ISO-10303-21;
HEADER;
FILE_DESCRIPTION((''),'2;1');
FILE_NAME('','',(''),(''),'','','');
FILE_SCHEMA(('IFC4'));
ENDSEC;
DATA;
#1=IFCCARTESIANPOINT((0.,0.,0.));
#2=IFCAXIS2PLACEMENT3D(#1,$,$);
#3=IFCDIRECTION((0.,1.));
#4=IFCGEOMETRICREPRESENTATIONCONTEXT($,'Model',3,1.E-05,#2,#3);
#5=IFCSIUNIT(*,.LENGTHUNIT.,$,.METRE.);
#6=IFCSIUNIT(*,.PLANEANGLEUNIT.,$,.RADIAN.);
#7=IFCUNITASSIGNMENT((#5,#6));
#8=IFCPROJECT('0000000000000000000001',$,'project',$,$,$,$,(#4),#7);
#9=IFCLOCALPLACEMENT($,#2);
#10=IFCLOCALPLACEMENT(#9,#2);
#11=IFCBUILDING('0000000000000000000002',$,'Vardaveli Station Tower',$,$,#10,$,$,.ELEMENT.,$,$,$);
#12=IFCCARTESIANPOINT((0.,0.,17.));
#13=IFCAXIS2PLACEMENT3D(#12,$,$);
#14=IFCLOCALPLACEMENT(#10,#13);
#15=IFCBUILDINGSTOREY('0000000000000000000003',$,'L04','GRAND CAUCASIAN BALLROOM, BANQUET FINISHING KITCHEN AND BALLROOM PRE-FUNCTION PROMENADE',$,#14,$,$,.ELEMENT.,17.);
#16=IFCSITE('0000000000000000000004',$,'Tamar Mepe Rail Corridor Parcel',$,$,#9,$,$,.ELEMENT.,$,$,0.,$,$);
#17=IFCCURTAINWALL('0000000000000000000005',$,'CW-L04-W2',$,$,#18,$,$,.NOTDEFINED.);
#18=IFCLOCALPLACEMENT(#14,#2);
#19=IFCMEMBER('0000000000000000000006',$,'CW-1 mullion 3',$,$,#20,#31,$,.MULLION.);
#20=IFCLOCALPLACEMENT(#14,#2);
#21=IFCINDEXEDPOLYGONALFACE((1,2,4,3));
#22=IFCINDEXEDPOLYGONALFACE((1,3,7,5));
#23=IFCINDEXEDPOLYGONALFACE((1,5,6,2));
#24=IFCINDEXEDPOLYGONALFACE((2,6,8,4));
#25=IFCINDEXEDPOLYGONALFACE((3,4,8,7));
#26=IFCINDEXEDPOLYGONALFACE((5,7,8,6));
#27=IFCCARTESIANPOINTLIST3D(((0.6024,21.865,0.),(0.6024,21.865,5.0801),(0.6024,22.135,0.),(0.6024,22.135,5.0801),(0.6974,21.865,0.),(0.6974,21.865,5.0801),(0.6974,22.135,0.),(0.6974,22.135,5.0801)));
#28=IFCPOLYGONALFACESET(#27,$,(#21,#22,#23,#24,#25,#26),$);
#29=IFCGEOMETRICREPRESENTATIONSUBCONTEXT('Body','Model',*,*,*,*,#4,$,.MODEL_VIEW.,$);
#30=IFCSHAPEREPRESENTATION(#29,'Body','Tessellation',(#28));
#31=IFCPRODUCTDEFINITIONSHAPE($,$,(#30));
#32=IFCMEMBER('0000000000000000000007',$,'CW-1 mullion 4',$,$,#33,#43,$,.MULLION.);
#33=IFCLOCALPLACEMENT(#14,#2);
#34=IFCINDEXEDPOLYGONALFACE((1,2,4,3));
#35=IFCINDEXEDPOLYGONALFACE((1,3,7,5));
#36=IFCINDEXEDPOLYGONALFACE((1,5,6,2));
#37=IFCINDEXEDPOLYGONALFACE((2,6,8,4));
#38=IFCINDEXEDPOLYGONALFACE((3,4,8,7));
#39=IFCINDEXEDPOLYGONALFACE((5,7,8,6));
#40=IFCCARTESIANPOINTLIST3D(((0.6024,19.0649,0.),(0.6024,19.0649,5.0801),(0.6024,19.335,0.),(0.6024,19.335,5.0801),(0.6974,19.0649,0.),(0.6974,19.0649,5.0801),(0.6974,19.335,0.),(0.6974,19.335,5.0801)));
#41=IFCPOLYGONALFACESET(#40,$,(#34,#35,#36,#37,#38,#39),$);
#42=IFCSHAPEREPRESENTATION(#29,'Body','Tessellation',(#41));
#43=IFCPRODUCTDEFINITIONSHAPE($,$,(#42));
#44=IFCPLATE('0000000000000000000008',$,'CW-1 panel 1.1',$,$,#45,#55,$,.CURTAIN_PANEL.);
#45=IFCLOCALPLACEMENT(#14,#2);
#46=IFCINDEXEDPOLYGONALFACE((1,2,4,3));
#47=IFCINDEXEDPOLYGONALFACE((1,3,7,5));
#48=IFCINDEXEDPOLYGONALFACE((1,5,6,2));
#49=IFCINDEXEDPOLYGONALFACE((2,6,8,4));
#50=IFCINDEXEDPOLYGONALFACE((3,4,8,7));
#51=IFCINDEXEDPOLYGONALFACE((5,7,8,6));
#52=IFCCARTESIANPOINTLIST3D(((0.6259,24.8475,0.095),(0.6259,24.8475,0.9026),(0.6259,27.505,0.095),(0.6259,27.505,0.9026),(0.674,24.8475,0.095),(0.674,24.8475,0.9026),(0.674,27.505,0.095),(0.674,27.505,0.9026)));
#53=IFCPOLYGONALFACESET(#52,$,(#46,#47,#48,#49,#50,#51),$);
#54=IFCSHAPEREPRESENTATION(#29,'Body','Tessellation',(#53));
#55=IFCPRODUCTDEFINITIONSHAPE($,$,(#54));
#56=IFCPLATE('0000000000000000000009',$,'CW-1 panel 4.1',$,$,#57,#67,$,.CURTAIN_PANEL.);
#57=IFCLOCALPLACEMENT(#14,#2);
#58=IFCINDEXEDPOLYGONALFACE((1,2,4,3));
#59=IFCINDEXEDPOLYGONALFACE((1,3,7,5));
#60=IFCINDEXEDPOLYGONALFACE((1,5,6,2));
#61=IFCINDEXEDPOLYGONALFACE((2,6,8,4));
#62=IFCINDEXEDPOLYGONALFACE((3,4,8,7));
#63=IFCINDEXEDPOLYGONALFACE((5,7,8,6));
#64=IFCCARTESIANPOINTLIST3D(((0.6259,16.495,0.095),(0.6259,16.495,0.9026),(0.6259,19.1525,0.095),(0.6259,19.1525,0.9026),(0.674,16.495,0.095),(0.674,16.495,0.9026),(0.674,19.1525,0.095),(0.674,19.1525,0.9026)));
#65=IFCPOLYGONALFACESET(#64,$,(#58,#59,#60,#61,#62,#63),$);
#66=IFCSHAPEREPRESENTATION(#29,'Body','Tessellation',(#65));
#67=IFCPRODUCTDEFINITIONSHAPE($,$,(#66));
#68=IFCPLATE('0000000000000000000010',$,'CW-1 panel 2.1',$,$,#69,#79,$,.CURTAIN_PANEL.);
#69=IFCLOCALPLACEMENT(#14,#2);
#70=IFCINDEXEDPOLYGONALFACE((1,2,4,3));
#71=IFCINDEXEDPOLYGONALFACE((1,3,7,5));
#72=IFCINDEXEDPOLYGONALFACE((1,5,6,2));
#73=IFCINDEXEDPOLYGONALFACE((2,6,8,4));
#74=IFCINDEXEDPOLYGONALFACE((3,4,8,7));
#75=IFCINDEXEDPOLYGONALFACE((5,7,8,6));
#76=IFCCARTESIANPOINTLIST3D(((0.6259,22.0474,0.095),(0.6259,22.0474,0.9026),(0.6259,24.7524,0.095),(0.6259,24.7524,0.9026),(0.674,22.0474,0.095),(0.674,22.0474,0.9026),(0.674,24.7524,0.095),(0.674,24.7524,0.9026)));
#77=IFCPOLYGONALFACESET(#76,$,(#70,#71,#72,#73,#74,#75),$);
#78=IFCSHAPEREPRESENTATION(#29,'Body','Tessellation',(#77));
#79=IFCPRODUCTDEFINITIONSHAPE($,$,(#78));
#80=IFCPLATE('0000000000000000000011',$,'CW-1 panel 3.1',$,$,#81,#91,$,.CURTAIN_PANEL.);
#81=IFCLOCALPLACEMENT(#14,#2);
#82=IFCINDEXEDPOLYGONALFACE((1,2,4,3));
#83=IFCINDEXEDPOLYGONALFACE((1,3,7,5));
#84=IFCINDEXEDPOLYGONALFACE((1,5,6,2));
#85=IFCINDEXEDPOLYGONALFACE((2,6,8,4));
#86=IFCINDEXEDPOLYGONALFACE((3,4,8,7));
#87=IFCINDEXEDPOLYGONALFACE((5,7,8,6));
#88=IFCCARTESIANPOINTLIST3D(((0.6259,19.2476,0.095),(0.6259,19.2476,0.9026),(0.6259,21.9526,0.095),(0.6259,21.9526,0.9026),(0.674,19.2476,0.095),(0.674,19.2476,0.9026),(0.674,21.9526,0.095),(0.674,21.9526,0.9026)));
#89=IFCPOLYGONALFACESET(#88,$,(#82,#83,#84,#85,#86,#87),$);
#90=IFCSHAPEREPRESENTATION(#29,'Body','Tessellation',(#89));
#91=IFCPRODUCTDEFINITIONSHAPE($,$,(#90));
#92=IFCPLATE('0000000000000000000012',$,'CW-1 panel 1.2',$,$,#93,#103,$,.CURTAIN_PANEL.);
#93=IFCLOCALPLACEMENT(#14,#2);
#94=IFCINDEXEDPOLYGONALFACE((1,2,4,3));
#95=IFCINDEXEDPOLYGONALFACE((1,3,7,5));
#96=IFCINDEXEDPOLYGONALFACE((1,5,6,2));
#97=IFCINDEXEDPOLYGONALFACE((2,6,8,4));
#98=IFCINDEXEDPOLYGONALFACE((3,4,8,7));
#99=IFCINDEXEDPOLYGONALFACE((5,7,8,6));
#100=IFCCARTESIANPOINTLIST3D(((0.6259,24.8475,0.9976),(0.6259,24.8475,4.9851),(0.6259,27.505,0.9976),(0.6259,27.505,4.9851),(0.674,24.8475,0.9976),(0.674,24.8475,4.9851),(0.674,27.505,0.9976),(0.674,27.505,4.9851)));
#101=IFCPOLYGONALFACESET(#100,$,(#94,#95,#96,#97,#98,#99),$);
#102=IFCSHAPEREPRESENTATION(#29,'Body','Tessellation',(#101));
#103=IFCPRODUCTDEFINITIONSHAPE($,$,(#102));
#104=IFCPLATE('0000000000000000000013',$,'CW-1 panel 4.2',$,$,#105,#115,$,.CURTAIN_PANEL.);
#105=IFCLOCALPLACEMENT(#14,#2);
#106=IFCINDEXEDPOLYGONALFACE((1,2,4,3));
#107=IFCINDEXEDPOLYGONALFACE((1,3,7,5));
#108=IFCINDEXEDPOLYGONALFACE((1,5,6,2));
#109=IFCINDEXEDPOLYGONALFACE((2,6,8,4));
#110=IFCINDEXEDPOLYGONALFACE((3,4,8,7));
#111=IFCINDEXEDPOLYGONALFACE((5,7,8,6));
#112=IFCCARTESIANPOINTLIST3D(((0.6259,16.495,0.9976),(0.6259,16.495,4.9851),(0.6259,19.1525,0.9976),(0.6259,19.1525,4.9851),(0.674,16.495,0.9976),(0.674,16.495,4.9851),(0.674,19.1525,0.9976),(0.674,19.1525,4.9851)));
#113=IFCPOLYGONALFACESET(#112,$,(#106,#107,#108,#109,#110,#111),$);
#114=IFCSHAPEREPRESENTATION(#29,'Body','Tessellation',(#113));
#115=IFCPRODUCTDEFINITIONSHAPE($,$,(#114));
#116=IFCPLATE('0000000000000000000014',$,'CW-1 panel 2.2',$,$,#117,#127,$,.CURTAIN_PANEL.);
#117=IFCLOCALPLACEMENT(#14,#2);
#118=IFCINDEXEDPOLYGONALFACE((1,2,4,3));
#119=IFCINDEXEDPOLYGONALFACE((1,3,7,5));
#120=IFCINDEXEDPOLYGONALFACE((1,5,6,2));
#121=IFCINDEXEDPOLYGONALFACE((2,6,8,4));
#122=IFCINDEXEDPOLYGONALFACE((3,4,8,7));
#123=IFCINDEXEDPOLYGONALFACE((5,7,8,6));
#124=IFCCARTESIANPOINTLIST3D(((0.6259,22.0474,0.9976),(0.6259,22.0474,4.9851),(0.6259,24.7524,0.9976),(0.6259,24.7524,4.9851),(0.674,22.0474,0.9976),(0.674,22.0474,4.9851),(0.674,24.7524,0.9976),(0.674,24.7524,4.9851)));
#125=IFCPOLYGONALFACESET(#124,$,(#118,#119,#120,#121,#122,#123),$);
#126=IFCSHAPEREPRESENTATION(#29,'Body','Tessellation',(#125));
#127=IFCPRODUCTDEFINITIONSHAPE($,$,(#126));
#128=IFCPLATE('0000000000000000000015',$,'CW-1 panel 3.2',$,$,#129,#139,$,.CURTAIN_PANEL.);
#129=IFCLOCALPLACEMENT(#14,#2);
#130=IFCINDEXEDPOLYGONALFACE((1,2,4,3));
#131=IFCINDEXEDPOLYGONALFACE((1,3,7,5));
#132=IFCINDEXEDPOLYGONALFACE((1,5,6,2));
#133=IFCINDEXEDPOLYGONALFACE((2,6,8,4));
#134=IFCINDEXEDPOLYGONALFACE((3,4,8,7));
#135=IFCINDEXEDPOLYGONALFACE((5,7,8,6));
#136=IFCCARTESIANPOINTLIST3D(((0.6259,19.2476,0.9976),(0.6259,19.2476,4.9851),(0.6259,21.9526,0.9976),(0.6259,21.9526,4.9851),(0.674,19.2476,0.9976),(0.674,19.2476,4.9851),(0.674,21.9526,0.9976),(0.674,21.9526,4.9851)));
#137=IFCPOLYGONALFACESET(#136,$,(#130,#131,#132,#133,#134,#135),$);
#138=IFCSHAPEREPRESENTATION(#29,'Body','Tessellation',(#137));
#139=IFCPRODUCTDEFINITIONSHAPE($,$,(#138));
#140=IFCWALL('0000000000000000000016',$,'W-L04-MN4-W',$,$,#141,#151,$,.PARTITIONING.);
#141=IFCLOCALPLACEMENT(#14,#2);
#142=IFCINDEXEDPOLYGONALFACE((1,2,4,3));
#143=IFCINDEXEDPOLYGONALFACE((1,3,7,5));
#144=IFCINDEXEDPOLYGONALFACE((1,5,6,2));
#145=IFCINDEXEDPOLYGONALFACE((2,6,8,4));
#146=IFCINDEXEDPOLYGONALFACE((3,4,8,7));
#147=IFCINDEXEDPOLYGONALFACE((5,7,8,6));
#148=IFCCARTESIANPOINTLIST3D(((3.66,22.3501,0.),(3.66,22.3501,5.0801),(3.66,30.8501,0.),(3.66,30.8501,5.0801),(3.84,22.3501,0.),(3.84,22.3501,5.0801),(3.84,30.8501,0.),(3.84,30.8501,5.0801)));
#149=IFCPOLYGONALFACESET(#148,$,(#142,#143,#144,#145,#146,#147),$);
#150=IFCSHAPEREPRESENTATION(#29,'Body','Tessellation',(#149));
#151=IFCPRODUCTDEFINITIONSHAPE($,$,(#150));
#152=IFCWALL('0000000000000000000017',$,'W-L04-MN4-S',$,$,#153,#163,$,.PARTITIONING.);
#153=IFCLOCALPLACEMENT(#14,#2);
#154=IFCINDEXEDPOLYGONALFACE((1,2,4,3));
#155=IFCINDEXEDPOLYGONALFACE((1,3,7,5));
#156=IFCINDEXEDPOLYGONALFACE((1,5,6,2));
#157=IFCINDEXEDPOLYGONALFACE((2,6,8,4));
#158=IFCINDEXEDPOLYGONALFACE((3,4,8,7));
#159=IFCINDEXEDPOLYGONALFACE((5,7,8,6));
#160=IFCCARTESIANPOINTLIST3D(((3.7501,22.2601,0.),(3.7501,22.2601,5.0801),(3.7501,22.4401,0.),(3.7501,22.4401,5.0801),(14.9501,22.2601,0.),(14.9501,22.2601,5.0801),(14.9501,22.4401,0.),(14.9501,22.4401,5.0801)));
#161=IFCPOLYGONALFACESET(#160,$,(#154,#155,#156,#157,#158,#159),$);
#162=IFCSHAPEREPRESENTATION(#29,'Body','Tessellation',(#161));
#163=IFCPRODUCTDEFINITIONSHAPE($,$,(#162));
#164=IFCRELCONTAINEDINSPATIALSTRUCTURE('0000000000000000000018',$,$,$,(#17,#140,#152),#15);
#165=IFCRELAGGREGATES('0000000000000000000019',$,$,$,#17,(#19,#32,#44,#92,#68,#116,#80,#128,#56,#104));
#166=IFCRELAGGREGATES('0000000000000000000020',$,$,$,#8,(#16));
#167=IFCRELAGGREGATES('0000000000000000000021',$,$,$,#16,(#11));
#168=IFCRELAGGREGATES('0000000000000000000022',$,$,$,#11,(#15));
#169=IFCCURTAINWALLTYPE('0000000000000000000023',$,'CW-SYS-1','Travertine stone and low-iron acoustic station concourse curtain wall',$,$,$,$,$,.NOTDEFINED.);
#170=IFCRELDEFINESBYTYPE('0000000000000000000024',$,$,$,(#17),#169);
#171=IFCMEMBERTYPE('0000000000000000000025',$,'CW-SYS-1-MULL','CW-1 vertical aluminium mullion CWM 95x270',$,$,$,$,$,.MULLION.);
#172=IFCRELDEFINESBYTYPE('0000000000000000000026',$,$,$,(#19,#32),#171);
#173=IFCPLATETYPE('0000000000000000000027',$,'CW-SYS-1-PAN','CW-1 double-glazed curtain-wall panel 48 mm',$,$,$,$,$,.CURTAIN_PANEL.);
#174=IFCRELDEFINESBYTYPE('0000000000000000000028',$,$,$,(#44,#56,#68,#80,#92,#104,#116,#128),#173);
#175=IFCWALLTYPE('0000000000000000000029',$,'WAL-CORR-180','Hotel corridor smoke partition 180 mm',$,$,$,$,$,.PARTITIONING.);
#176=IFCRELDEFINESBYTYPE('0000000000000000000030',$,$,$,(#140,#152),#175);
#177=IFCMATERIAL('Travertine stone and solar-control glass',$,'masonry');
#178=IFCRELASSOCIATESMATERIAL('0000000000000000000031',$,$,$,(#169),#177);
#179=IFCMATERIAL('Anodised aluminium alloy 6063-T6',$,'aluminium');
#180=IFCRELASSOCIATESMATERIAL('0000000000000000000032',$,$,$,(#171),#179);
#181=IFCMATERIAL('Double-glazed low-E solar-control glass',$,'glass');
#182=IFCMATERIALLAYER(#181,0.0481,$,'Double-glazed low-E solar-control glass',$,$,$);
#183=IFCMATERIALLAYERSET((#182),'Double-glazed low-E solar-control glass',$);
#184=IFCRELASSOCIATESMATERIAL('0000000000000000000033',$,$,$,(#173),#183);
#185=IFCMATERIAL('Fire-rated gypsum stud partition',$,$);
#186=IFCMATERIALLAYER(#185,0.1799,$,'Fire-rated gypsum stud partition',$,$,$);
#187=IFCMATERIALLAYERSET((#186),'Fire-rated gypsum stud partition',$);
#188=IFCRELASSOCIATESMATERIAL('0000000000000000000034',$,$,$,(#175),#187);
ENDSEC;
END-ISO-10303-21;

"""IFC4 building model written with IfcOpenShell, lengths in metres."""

from ifc_helpers import new_model, si_unit, direction, frame, frame_2d, origin, origin_2d, place, context, subcontext, project, spatial, rectangle, extrude, source, transform, mapped, material, layer, layer_set, material_profile, profile_set, type_object, element, aggregate, save


model = new_model("IFC4")

# Units and contexts
model_context = context("Model", 3, precision=1e-05, world=origin(), true_north=direction((0.0, 1.0)))
body_context = subcontext(model_context, "Body", "Model", "MODEL_VIEW")
ifc_project = project(units=[si_unit("LENGTHUNIT", "METRE"), si_unit("PLANEANGLEUNIT", "RADIAN")], contexts=[model_context])

# Site, building, storey
site_placement = place(None, origin())
site = spatial("IfcSite", under=ifc_project, at=site_placement, Name="Tamar Mepe Rail Corridor Parcel", CompositionType="ELEMENT", RefElevation=0.0)
building_placement = place(site_placement, origin())
building = spatial("IfcBuilding", under=site, at=building_placement, Name="Vardaveli Station Tower", CompositionType="ELEMENT")
storey_placement = place(building_placement, frame((0.0, 0.0, 17.0)))
storey = spatial("IfcBuildingStorey", under=building, at=storey_placement, Name="L04", Description="GRAND CAUCASIAN BALLROOM, BANQUET FINISHING KITCHEN AND BALLROOM PRE-FUNCTION PROMENADE", CompositionType="ELEMENT", Elevation=17.0)

# Curtain wall, members, plates
ifc_material_1 = material(Name="Travertine stone and solar-control glass", Category="masonry")
curtain_wall_type = type_object("IfcCurtainWallType", Name="CW-SYS-1", Description="Travertine stone and low-iron acoustic station concourse curtain wall", PredefinedType="NOTDEFINED", material=ifc_material_1)
curtain_wall_placement = place(storey_placement, origin())
curtain_wall = element("IfcCurtainWall", 1, at=curtain_wall_placement, inside=storey, type_object=curtain_wall_type, Name="CW-L04-W2", PredefinedType="NOTDEFINED")
ifc_material_2 = material(Name="Anodised aluminium alloy 6063-T6", Category="aluminium")
ifc_material_profile_1 = material_profile(ifc_material_2, rectangle(XDim=0.095, YDim=0.27, at=origin_2d()), Name="CWM 95x270")
ifc_profile_set_1 = profile_set([ifc_material_profile_1], Name="Anodised aluminium alloy 6063-T6")
member_type_1 = type_object("IfcMemberType", Name="CW-SYS-1-MULL", Description="CW-1 vertical aluminium mullion CWM 95x270", PredefinedType="MULLION", material=ifc_profile_set_1)
shared_shape_1 = source(origin(), body_context, "Body", "SweptSolid", [
    extrude(rectangle(XDim=0.095, YDim=0.27, at=origin_2d()), origin(), (0.0, 0.0, 1.0), 5.0801),
])
member_1_placement = place(storey_placement, frame((0.6499, 22.0, 0.0), z_axis=(0.0, 0.0, 1.0), x_axis=(1.0, 0.0, 0.0)))
member_1 = element("IfcMember", 2, at=member_1_placement, type_object=member_type_1, Name="CW-1 mullion 3", PredefinedType="MULLION", context=body_context, shape_type="MappedRepresentation", body=[
    mapped(shared_shape_1, transform((0.0, 0.0, 0.0), scale=1.0)),
])
member_2_placement = place(storey_placement, frame((0.6499, 19.2, 0.0), z_axis=(0.0, 0.0, 1.0), x_axis=(1.0, 0.0, 0.0)))
member_2 = element("IfcMember", 3, at=member_2_placement, type_object=member_type_1, Name="CW-1 mullion 4", PredefinedType="MULLION", context=body_context, shape_type="MappedRepresentation", body=[
    mapped(shared_shape_1, transform((0.0, 0.0, 0.0), scale=1.0)),
])
ifc_material_3 = material(Name="Double-glazed low-E solar-control glass", Category="glass")
ifc_layer_1 = layer(ifc_material_3, 0.0481, Name="Double-glazed low-E solar-control glass")
ifc_layer_set_1 = layer_set([ifc_layer_1], Name="Double-glazed low-E solar-control glass")
plate_type = type_object("IfcPlateType", Name="CW-SYS-1-PAN", Description="CW-1 double-glazed curtain-wall panel 48 mm", PredefinedType="CURTAIN_PANEL", material=ifc_layer_set_1)
shared_shape_2 = source(origin(), body_context, "Body", "SweptSolid", [
    extrude(rectangle(XDim=2.6575, YDim=0.0481, at=origin_2d()), origin(), (0.0, 0.0, 1.0), 0.8076),
])
plate_1_placement = place(storey_placement, frame((0.6499, 26.1763, 0.095), z_axis=(0.0, 0.0, 1.0), x_axis=(0.0, -1.0, 0.0)))
plate_1 = element("IfcPlate", 4, at=plate_1_placement, type_object=plate_type, Name="CW-1 panel 1.1", PredefinedType="CURTAIN_PANEL", context=body_context, shape_type="MappedRepresentation", body=[
    mapped(shared_shape_2, transform((0.0, 0.0, 0.0), scale=1.0)),
])
plate_2_placement = place(storey_placement, frame((0.6499, 17.8237, 0.095), z_axis=(0.0, 0.0, 1.0), x_axis=(0.0, -1.0, 0.0)))
plate_2 = element("IfcPlate", 5, at=plate_2_placement, type_object=plate_type, Name="CW-1 panel 4.1", PredefinedType="CURTAIN_PANEL", context=body_context, shape_type="MappedRepresentation", body=[
    mapped(shared_shape_2, transform((0.0, 0.0, 0.0), scale=1.0)),
])
shared_shape_3 = source(origin(), body_context, "Body", "SweptSolid", [
    extrude(rectangle(XDim=2.7051, YDim=0.0481, at=origin_2d()), origin(), (0.0, 0.0, 1.0), 0.8076),
])
plate_3_placement = place(storey_placement, frame((0.6499, 23.3999, 0.095), z_axis=(0.0, 0.0, 1.0), x_axis=(0.0, -1.0, 0.0)))
plate_3 = element("IfcPlate", 6, at=plate_3_placement, type_object=plate_type, Name="CW-1 panel 2.1", PredefinedType="CURTAIN_PANEL", context=body_context, shape_type="MappedRepresentation", body=[
    mapped(shared_shape_3, transform((0.0, 0.0, 0.0), scale=1.0)),
])
plate_4_placement = place(storey_placement, frame((0.6499, 20.6001, 0.095), z_axis=(0.0, 0.0, 1.0), x_axis=(0.0, -1.0, 0.0)))
plate_4 = element("IfcPlate", 7, at=plate_4_placement, type_object=plate_type, Name="CW-1 panel 3.1", PredefinedType="CURTAIN_PANEL", context=body_context, shape_type="MappedRepresentation", body=[
    mapped(shared_shape_3, transform((0.0, 0.0, 0.0), scale=1.0)),
])
shared_shape_4 = source(origin(), body_context, "Body", "SweptSolid", [
    extrude(rectangle(XDim=2.6575, YDim=0.0481, at=origin_2d()), origin(), (0.0, 0.0, 1.0), 3.9875),
])
plate_5_placement = place(storey_placement, frame((0.6499, 26.1763, 0.9976), z_axis=(0.0, 0.0, 1.0), x_axis=(0.0, -1.0, 0.0)))
plate_5 = element("IfcPlate", 8, at=plate_5_placement, type_object=plate_type, Name="CW-1 panel 1.2", PredefinedType="CURTAIN_PANEL", context=body_context, shape_type="MappedRepresentation", body=[
    mapped(shared_shape_4, transform((0.0, 0.0, 0.0), scale=1.0)),
])
plate_6_placement = place(storey_placement, frame((0.6499, 17.8237, 0.9976), z_axis=(0.0, 0.0, 1.0), x_axis=(0.0, -1.0, 0.0)))
plate_6 = element("IfcPlate", 9, at=plate_6_placement, type_object=plate_type, Name="CW-1 panel 4.2", PredefinedType="CURTAIN_PANEL", context=body_context, shape_type="MappedRepresentation", body=[
    mapped(shared_shape_4, transform((0.0, 0.0, 0.0), scale=1.0)),
])
shared_shape_5 = source(origin(), body_context, "Body", "SweptSolid", [
    extrude(rectangle(XDim=2.7051, YDim=0.0481, at=origin_2d()), origin(), (0.0, 0.0, 1.0), 3.9875),
])
plate_7_placement = place(storey_placement, frame((0.6499, 23.3999, 0.9976), z_axis=(0.0, 0.0, 1.0), x_axis=(0.0, -1.0, 0.0)))
plate_7 = element("IfcPlate", 10, at=plate_7_placement, type_object=plate_type, Name="CW-1 panel 2.2", PredefinedType="CURTAIN_PANEL", context=body_context, shape_type="MappedRepresentation", body=[
    mapped(shared_shape_5, transform((0.0, 0.0, 0.0), scale=1.0)),
])
plate_8_placement = place(storey_placement, frame((0.6499, 20.6001, 0.9976), z_axis=(0.0, 0.0, 1.0), x_axis=(0.0, -1.0, 0.0)))
plate_8 = element("IfcPlate", 11, at=plate_8_placement, type_object=plate_type, Name="CW-1 panel 3.2", PredefinedType="CURTAIN_PANEL", context=body_context, shape_type="MappedRepresentation", body=[
    mapped(shared_shape_5, transform((0.0, 0.0, 0.0), scale=1.0)),
])
aggregate(curtain_wall, [member_1, member_2, plate_1, plate_5, plate_3, plate_7, plate_4, plate_8, plate_2, plate_6])

# Walls
ifc_material_4 = material(Name="Fire-rated gypsum stud partition")
ifc_layer_2 = layer(ifc_material_4, 0.1799, Name="Fire-rated gypsum stud partition")
ifc_layer_set_2 = layer_set([ifc_layer_2], Name="Fire-rated gypsum stud partition")
wall_type = type_object("IfcWallType", Name="WAL-CORR-180", Description="Hotel corridor smoke partition 180 mm", PredefinedType="PARTITIONING", material=ifc_layer_set_2)
shared_shape_6 = source(origin(), body_context, "Body", "SweptSolid", [
    extrude(rectangle(XDim=8.5, YDim=0.1799, at=frame_2d((4.25, 0.0))), origin(), (0.0, 0.0, 1.0), 5.0801),
])
wall_1_placement = place(storey_placement, frame((3.75, 22.3501, 0.0), z_axis=(0.0, 0.0, 1.0), x_axis=(0.0, 1.0, 0.0)))
element("IfcWall", 12, at=wall_1_placement, inside=storey, type_object=wall_type, Name="W-L04-MN4-W", PredefinedType="PARTITIONING", context=body_context, shape_type="MappedRepresentation", body=[
    mapped(shared_shape_6, transform((0.0, 0.0, 0.0), scale=1.0)),
])
shared_shape_7 = source(origin(), body_context, "Body", "SweptSolid", [
    extrude(rectangle(XDim=11.2, YDim=0.1799, at=frame_2d((5.6001, 0.0))), origin(), (0.0, 0.0, 1.0), 5.0801),
])
wall_2_placement = place(storey_placement, frame((3.75, 22.3501, 0.0), z_axis=(0.0, 0.0, 1.0), x_axis=(1.0, 0.0, 0.0)))
element("IfcWall", 13, at=wall_2_placement, inside=storey, type_object=wall_type, Name="W-L04-MN4-S", PredefinedType="PARTITIONING", context=body_context, shape_type="MappedRepresentation", body=[
    mapped(shared_shape_7, transform((0.0, 0.0, 0.0), scale=1.0)),
])

save(model, "model.ifc")
